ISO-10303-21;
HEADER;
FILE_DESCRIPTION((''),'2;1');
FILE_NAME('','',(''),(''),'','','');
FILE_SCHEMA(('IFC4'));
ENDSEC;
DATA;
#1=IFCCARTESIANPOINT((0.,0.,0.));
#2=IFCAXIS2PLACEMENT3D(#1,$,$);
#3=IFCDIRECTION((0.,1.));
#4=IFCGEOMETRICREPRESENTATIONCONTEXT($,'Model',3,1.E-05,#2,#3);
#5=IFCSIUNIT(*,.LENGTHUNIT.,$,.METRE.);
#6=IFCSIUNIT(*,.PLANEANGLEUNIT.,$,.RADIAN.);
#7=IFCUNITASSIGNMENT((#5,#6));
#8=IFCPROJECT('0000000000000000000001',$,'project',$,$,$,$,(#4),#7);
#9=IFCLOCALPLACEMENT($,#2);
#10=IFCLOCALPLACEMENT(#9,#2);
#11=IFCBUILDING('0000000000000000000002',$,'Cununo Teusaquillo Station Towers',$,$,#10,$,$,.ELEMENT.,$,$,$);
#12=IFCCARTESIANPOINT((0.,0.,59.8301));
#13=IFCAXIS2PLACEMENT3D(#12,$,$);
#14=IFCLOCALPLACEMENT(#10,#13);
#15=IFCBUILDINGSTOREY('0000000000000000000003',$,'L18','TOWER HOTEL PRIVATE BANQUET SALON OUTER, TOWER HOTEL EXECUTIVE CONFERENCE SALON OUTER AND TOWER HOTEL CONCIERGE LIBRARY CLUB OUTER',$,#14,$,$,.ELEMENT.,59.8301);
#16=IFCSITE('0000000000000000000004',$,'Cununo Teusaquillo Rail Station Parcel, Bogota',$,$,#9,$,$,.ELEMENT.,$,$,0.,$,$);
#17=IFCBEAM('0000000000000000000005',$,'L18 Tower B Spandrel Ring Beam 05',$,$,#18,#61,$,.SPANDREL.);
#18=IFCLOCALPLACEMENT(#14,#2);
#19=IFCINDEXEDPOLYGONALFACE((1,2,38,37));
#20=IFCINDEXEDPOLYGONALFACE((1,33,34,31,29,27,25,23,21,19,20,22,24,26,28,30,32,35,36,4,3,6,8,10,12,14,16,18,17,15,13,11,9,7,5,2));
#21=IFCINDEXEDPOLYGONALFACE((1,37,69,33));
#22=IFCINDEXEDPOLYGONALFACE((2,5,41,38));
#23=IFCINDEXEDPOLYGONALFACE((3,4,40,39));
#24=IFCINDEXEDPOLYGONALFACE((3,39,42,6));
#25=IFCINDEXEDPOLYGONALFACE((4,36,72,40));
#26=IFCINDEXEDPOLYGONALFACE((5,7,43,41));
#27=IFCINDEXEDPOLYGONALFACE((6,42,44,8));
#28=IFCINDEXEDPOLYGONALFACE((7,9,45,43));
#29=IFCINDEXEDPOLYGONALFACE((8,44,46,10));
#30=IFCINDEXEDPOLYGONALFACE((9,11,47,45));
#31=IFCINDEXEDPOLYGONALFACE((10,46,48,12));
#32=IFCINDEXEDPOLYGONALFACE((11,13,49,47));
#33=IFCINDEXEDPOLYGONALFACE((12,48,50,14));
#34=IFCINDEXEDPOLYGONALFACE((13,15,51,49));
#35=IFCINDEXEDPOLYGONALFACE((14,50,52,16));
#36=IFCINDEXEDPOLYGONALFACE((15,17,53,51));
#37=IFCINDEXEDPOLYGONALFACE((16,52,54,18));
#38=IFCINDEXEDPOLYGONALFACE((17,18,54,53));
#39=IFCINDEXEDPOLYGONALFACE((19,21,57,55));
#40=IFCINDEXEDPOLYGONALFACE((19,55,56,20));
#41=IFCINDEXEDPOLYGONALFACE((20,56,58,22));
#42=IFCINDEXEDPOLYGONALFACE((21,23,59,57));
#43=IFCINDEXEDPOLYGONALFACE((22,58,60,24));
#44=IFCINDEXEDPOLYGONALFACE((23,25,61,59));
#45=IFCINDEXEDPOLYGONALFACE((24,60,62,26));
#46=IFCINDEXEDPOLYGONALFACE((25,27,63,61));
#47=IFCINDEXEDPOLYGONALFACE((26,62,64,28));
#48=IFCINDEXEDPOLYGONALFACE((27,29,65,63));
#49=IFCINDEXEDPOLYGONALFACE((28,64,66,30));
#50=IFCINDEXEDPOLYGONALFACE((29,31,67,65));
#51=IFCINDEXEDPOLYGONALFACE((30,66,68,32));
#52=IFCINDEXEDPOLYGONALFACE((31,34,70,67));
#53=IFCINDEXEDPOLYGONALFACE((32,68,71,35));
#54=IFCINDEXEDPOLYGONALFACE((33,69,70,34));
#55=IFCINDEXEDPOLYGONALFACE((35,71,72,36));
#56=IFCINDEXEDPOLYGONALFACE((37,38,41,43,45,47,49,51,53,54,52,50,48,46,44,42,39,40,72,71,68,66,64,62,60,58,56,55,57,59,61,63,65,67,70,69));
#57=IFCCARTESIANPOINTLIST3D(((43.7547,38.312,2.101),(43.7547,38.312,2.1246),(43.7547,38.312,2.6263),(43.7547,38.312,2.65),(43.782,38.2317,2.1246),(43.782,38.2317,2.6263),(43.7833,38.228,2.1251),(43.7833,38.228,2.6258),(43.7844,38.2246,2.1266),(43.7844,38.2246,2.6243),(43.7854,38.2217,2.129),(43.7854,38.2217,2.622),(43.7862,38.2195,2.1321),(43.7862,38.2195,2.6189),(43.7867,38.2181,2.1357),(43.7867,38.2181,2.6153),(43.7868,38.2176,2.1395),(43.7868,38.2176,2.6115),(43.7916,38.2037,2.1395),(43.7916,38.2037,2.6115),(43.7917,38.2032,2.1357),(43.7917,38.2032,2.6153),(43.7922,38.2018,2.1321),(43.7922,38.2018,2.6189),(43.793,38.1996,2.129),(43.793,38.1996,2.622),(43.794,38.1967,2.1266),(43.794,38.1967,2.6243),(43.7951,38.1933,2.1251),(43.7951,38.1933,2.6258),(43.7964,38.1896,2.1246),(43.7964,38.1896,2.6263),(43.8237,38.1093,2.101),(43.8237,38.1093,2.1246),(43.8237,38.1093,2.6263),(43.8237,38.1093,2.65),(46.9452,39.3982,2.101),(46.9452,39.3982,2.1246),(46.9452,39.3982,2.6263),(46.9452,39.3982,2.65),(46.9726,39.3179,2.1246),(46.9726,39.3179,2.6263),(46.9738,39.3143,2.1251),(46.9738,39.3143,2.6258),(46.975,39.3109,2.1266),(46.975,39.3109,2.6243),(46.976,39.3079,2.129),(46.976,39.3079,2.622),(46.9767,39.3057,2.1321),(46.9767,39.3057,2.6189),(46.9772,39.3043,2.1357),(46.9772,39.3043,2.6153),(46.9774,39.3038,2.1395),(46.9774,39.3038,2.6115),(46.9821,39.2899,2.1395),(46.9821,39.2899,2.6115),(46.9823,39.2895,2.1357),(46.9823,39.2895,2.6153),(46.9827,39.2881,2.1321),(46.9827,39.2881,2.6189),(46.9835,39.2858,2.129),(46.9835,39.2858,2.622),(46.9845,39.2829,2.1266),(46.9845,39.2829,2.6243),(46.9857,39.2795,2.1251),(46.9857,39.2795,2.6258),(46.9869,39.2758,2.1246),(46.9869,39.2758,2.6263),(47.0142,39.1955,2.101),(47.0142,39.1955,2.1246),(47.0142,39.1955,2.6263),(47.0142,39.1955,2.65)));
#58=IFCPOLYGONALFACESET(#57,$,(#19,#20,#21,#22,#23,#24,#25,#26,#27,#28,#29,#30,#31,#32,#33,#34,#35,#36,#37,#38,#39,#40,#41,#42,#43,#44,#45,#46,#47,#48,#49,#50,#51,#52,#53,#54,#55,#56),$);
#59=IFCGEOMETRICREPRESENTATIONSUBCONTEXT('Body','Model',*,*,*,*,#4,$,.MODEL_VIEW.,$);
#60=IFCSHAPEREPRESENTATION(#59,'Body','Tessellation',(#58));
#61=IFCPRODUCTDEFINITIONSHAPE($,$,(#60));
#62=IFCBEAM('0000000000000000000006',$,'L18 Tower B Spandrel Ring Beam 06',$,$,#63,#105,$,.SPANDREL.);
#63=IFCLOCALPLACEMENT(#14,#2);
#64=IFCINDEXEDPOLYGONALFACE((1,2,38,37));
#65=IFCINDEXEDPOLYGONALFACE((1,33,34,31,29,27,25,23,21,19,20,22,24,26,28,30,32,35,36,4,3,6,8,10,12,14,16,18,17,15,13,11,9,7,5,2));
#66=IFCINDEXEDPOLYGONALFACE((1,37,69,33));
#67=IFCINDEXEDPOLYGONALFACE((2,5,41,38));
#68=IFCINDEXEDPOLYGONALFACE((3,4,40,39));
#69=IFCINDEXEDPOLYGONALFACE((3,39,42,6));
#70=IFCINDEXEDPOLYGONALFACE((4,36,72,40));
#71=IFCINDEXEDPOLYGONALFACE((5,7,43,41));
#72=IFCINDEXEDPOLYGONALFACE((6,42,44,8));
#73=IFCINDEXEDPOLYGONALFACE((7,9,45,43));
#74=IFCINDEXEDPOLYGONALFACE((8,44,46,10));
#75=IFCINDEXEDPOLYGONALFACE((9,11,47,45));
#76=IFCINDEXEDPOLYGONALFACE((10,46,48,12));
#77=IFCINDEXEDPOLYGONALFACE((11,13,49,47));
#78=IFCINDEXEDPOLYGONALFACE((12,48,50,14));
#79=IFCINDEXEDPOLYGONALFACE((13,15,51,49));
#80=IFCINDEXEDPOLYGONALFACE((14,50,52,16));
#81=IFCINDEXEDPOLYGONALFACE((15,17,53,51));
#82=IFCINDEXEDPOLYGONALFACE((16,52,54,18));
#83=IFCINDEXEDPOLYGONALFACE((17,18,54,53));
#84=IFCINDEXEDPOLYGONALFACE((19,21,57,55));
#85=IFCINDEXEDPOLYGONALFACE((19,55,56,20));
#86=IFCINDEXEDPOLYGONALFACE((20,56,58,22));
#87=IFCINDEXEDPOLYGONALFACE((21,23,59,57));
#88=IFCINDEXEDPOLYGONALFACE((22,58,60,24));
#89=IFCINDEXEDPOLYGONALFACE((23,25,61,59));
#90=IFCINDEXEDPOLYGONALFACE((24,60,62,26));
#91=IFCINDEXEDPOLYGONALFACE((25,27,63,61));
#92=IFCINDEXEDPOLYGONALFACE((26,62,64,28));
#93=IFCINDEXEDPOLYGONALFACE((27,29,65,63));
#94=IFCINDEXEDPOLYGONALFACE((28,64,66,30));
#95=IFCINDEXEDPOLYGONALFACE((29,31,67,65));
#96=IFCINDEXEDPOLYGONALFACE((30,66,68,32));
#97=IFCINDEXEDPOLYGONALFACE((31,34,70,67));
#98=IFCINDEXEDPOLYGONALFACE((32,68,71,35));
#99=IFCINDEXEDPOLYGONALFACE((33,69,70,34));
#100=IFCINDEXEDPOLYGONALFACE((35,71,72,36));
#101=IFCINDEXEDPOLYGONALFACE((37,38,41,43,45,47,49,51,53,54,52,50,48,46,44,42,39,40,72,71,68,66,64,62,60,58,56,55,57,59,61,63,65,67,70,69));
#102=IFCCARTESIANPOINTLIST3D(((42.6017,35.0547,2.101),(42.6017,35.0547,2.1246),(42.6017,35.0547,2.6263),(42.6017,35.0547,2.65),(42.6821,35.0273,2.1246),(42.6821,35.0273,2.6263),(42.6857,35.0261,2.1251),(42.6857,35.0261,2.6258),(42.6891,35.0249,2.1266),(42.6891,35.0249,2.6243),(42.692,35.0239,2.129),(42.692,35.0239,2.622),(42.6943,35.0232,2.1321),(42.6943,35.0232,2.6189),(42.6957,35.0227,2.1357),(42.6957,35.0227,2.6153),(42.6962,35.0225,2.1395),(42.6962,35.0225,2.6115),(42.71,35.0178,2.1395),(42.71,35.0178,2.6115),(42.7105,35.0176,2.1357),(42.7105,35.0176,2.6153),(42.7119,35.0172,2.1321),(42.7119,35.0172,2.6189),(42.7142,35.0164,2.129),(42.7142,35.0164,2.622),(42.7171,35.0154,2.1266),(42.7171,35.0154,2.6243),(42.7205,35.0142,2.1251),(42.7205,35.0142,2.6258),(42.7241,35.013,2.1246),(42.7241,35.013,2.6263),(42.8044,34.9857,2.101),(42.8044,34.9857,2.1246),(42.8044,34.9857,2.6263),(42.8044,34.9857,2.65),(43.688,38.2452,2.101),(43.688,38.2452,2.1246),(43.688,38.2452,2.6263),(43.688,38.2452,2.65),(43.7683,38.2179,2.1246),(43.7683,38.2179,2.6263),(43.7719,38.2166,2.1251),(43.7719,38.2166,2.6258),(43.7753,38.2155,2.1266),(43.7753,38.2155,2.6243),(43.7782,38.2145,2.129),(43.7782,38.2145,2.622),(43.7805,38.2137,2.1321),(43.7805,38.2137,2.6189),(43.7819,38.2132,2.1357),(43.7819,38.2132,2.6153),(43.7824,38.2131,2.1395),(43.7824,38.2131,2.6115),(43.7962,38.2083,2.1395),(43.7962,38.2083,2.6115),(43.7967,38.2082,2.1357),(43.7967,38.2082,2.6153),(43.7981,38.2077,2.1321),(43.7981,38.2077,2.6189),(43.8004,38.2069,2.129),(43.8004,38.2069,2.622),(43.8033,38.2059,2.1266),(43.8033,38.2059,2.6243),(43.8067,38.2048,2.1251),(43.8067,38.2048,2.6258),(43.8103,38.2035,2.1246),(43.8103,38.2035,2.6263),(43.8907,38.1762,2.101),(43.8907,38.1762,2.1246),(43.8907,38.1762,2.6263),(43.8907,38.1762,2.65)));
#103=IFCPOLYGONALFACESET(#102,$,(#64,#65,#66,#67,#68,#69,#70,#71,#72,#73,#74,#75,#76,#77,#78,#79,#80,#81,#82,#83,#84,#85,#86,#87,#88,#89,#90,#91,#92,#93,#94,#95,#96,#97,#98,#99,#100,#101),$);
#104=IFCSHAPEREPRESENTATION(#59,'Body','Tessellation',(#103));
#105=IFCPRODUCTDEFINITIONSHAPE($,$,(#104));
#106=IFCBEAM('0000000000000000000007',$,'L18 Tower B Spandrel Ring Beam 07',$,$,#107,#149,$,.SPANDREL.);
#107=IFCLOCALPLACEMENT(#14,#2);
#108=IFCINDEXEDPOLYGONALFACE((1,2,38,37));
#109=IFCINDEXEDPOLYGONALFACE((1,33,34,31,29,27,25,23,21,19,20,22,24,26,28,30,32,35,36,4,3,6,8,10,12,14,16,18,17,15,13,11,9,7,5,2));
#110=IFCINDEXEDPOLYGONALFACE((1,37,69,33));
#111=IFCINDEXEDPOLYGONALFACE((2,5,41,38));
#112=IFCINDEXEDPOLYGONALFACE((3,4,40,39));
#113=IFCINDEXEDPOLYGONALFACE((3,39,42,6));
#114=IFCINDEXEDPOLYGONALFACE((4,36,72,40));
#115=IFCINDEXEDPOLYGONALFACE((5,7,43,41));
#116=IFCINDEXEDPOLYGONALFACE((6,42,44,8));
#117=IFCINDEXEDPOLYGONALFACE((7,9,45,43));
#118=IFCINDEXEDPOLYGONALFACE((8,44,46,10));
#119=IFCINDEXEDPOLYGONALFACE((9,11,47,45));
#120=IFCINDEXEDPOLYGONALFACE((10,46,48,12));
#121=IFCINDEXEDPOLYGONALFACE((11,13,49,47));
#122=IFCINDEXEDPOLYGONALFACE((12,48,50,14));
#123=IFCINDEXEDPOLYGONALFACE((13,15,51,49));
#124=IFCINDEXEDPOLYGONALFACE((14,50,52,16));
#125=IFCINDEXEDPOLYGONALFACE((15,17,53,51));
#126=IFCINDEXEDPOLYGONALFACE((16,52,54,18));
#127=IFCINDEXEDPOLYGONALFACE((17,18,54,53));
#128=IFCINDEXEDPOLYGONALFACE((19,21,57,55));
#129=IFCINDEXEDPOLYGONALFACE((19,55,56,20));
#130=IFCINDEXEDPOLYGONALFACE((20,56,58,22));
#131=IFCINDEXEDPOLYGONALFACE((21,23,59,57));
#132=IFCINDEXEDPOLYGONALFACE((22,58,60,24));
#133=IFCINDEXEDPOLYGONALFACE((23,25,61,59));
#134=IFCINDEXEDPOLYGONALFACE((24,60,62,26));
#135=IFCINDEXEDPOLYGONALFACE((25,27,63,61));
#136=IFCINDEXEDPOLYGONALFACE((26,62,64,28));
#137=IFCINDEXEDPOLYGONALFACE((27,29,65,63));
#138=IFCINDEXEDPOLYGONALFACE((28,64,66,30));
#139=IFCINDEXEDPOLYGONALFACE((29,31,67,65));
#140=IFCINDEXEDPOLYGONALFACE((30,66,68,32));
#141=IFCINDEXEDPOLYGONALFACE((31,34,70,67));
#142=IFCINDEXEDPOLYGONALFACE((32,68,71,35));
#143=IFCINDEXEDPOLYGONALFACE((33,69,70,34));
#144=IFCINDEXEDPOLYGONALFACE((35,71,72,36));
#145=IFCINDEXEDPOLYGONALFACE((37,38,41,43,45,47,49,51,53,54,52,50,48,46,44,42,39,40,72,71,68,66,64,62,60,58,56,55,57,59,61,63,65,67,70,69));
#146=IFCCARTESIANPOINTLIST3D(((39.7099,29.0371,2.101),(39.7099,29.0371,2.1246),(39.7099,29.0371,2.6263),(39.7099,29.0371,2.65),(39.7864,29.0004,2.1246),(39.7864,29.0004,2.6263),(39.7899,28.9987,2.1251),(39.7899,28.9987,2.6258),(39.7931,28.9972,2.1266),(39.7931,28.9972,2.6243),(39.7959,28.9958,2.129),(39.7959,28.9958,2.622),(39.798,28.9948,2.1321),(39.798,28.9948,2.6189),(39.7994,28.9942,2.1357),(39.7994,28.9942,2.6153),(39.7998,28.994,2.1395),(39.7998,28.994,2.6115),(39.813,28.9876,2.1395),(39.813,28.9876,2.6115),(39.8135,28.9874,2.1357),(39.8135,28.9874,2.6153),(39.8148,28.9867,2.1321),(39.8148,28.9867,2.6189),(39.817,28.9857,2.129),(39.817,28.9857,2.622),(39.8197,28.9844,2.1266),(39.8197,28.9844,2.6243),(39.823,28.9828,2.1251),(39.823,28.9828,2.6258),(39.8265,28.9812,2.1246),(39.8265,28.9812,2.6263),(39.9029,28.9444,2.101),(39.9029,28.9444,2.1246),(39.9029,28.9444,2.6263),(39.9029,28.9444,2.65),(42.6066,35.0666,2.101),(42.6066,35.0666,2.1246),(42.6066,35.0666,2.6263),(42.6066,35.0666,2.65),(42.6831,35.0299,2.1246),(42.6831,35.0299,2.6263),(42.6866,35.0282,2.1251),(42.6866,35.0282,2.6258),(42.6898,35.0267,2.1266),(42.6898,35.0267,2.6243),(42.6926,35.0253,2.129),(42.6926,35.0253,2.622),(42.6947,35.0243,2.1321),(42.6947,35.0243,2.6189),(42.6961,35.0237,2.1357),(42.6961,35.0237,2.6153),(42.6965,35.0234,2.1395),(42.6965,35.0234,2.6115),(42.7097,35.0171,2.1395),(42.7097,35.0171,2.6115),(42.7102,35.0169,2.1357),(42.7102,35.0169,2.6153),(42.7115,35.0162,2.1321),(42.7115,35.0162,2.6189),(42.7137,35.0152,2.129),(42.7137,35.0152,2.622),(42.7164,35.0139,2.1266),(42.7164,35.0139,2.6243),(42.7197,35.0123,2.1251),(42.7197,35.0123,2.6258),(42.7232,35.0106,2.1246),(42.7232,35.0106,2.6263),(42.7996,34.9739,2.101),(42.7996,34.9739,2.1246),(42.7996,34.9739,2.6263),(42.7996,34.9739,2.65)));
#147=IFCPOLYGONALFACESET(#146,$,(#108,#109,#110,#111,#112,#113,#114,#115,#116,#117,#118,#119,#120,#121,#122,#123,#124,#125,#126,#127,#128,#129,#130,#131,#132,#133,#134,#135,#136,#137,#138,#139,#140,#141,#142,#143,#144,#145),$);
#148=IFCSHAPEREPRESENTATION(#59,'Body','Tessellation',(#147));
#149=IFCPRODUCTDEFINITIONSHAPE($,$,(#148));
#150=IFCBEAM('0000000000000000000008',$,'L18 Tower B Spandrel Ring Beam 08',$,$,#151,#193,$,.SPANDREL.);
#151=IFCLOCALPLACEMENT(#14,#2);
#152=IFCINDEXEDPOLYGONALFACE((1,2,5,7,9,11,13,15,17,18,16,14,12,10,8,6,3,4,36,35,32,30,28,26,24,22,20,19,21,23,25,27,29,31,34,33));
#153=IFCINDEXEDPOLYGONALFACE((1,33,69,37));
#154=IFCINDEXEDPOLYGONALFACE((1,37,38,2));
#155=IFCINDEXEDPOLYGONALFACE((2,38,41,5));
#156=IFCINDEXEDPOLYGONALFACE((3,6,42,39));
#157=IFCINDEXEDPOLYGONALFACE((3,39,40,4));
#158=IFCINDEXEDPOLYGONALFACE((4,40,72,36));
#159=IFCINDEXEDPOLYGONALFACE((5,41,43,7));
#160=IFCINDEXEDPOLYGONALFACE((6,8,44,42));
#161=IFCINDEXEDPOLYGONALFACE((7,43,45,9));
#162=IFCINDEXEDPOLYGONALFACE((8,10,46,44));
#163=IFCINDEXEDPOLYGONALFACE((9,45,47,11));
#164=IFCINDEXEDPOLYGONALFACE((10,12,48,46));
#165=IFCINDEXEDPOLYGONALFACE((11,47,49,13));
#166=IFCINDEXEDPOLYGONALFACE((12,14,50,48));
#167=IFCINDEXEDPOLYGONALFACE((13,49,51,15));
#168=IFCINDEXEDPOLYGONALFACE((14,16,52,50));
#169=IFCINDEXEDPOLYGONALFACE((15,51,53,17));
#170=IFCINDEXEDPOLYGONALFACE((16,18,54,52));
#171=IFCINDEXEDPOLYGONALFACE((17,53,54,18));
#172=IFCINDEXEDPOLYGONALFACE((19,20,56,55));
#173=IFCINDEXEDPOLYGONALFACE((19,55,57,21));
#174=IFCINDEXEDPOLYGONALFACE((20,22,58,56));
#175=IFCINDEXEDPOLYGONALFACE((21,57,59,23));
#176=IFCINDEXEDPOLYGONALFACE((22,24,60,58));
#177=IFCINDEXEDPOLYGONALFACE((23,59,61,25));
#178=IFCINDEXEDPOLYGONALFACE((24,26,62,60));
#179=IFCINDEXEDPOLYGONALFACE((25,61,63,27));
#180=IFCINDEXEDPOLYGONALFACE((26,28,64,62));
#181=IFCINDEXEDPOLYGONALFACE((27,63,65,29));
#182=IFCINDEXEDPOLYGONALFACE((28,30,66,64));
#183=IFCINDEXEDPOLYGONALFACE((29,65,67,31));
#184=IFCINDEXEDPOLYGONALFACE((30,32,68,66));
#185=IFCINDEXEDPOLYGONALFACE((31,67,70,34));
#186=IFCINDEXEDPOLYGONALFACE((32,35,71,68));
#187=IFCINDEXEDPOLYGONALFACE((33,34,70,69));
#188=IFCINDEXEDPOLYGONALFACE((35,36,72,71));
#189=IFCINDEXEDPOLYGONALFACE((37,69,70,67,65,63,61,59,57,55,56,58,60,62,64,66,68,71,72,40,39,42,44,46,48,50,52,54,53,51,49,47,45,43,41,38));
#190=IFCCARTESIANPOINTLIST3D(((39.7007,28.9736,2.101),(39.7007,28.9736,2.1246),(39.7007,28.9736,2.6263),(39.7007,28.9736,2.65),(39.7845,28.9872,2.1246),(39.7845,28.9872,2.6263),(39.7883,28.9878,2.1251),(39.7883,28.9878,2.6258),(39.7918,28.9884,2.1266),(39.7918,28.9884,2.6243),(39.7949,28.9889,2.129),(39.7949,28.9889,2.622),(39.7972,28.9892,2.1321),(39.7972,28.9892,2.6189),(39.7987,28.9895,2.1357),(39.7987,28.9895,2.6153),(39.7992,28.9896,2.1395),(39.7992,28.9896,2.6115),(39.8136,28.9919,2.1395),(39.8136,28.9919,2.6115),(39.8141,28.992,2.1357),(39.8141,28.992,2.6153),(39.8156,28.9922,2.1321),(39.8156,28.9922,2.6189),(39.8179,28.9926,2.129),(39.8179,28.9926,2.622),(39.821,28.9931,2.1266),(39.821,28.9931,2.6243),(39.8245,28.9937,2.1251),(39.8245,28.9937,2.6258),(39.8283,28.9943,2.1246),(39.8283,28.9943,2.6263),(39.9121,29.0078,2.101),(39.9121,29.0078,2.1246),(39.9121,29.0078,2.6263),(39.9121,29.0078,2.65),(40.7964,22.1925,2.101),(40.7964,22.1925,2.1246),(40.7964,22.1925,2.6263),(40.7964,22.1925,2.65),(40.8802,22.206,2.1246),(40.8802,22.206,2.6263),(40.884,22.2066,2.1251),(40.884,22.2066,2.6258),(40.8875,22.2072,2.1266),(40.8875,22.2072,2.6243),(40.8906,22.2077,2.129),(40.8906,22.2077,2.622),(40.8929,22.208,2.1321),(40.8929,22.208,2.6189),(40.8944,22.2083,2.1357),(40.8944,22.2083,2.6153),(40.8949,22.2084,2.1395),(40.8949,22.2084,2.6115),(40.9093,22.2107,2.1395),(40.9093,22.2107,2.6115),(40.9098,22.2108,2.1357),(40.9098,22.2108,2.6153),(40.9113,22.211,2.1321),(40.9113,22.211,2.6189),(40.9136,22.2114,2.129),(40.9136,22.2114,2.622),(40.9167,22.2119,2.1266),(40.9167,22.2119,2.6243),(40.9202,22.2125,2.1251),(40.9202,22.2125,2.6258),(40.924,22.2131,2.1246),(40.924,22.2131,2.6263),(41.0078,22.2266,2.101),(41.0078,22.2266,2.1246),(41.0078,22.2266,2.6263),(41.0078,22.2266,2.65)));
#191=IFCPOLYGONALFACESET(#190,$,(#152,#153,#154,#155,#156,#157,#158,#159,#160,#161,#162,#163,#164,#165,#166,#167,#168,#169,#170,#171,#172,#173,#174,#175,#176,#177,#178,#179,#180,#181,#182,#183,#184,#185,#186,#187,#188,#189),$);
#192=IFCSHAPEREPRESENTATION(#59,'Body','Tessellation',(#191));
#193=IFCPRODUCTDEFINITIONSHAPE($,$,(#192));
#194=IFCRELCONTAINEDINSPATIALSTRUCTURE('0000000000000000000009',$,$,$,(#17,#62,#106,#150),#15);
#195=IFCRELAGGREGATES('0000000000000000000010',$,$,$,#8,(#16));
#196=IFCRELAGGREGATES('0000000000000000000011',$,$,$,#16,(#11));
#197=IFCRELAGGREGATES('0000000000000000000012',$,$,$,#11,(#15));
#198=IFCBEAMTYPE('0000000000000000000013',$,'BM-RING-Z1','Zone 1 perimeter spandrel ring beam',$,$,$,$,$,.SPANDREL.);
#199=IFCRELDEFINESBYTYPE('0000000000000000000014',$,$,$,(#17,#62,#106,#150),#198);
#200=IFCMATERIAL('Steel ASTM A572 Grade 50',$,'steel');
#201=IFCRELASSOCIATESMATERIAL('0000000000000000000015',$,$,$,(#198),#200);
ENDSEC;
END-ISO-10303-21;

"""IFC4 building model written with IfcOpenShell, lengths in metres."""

from ifc_helpers import new_model, si_unit, direction, frame, origin, origin_2d, place, context, subcontext, project, spatial, i_section, extrude, material, material_profile, profile_set, type_object, element, save


model = new_model("IFC4")

# Units and contexts
model_context = context("Model", 3, precision=1e-05, world=origin(), true_north=direction((0.0, 1.0)))
body_context = subcontext(model_context, "Body", "Model", "MODEL_VIEW")
ifc_project = project(units=[si_unit("LENGTHUNIT", "METRE"), si_unit("PLANEANGLEUNIT", "RADIAN")], contexts=[model_context])

# Site, building, storey
site_placement = place(None, origin())
site = spatial("IfcSite", under=ifc_project, at=site_placement, Name="Cununo Teusaquillo Rail Station Parcel, Bogota", CompositionType="ELEMENT", RefElevation=0.0)
building_placement = place(site_placement, origin())
building = spatial("IfcBuilding", under=site, at=building_placement, Name="Cununo Teusaquillo Station Towers", CompositionType="ELEMENT")
storey_placement = place(building_placement, frame((0.0, 0.0, 59.8301)))
storey = spatial("IfcBuildingStorey", under=building, at=storey_placement, Name="L18", Description="TOWER HOTEL PRIVATE BANQUET SALON OUTER, TOWER HOTEL EXECUTIVE CONFERENCE SALON OUTER AND TOWER HOTEL CONCIERGE LIBRARY CLUB OUTER", CompositionType="ELEMENT", Elevation=59.8301)

# Beams
ifc_material_1 = material(Name="Steel ASTM A572 Grade 50", Category="steel")
ifc_material_profile_1 = material_profile(ifc_material_1, i_section(OverallWidth=0.2141, OverallDepth=0.5491, WebThickness=0.0146, FlangeThickness=0.0237, FilletRadius=0.0149, at=origin_2d()), Name="W21X93")
ifc_profile_set_1 = profile_set([ifc_material_profile_1], Name="Steel ASTM A572 Grade 50")
beam_type_1 = type_object("IfcBeamType", Name="BM-RING-Z1", Description="Zone 1 perimeter spandrel ring beam", PredefinedType="SPANDREL", material=ifc_profile_set_1)
for number, where, z_axis, x_axis, name in (
    (1, (46.9797, 39.2969, 2.3755), (-0.946643, -0.322285, 0.0), (0.322285, -0.946643, 0.0), "L18 Tower B Spandrel Ring Beam 05"),
    (2, (43.7893, 38.2107, 2.3755), (-0.322285, -0.946643, 0.0), (0.946643, -0.322285, 0.0), "L18 Tower B Spandrel Ring Beam 06"),
):
    element("IfcBeam", number, at=place(storey_placement, frame(where, z_axis=z_axis, x_axis=x_axis)), inside=storey, type_object=beam_type_1, Name=name, PredefinedType="SPANDREL", context=body_context, shape_type="SweptSolid", body=[
        extrude(i_section(OverallWidth=0.2141, OverallDepth=0.5491, WebThickness=0.0146, FlangeThickness=0.0237, FilletRadius=0.0149, at=origin_2d()), origin(), (0.0, 0.0, 1.0), 3.3704),
    ])
beam_1_placement = place(storey_placement, frame((42.7031, 35.0203, 2.3755), z_axis=(-0.433041, -0.901374, 0.0), x_axis=(0.901374, -0.433041, 0.0)))
element("IfcBeam", 3, at=beam_1_placement, inside=storey, type_object=beam_type_1, Name="L18 Tower B Spandrel Ring Beam 07", PredefinedType="SPANDREL", context=body_context, shape_type="SweptSolid", body=[
    extrude(i_section(OverallWidth=0.2141, OverallDepth=0.5491, WebThickness=0.0146, FlangeThickness=0.0237, FilletRadius=0.0149, at=origin_2d()), origin(), (0.0, 0.0, 1.0), 6.6892),
])
beam_2_placement = place(storey_placement, frame((39.8064, 28.9907, 2.3755), z_axis=(0.15951, -0.987196, 0.0), x_axis=(0.987196, 0.15951, 0.0)))
element("IfcBeam", 4, at=beam_2_placement, inside=storey, type_object=beam_type_1, Name="L18 Tower B Spandrel Ring Beam 08", PredefinedType="SPANDREL", context=body_context, shape_type="SweptSolid", body=[
    extrude(i_section(OverallWidth=0.2141, OverallDepth=0.5491, WebThickness=0.0146, FlangeThickness=0.0237, FilletRadius=0.0149, at=origin_2d()), origin(), (0.0, 0.0, 1.0), 6.8691),
])

save(model, "model.ifc")
